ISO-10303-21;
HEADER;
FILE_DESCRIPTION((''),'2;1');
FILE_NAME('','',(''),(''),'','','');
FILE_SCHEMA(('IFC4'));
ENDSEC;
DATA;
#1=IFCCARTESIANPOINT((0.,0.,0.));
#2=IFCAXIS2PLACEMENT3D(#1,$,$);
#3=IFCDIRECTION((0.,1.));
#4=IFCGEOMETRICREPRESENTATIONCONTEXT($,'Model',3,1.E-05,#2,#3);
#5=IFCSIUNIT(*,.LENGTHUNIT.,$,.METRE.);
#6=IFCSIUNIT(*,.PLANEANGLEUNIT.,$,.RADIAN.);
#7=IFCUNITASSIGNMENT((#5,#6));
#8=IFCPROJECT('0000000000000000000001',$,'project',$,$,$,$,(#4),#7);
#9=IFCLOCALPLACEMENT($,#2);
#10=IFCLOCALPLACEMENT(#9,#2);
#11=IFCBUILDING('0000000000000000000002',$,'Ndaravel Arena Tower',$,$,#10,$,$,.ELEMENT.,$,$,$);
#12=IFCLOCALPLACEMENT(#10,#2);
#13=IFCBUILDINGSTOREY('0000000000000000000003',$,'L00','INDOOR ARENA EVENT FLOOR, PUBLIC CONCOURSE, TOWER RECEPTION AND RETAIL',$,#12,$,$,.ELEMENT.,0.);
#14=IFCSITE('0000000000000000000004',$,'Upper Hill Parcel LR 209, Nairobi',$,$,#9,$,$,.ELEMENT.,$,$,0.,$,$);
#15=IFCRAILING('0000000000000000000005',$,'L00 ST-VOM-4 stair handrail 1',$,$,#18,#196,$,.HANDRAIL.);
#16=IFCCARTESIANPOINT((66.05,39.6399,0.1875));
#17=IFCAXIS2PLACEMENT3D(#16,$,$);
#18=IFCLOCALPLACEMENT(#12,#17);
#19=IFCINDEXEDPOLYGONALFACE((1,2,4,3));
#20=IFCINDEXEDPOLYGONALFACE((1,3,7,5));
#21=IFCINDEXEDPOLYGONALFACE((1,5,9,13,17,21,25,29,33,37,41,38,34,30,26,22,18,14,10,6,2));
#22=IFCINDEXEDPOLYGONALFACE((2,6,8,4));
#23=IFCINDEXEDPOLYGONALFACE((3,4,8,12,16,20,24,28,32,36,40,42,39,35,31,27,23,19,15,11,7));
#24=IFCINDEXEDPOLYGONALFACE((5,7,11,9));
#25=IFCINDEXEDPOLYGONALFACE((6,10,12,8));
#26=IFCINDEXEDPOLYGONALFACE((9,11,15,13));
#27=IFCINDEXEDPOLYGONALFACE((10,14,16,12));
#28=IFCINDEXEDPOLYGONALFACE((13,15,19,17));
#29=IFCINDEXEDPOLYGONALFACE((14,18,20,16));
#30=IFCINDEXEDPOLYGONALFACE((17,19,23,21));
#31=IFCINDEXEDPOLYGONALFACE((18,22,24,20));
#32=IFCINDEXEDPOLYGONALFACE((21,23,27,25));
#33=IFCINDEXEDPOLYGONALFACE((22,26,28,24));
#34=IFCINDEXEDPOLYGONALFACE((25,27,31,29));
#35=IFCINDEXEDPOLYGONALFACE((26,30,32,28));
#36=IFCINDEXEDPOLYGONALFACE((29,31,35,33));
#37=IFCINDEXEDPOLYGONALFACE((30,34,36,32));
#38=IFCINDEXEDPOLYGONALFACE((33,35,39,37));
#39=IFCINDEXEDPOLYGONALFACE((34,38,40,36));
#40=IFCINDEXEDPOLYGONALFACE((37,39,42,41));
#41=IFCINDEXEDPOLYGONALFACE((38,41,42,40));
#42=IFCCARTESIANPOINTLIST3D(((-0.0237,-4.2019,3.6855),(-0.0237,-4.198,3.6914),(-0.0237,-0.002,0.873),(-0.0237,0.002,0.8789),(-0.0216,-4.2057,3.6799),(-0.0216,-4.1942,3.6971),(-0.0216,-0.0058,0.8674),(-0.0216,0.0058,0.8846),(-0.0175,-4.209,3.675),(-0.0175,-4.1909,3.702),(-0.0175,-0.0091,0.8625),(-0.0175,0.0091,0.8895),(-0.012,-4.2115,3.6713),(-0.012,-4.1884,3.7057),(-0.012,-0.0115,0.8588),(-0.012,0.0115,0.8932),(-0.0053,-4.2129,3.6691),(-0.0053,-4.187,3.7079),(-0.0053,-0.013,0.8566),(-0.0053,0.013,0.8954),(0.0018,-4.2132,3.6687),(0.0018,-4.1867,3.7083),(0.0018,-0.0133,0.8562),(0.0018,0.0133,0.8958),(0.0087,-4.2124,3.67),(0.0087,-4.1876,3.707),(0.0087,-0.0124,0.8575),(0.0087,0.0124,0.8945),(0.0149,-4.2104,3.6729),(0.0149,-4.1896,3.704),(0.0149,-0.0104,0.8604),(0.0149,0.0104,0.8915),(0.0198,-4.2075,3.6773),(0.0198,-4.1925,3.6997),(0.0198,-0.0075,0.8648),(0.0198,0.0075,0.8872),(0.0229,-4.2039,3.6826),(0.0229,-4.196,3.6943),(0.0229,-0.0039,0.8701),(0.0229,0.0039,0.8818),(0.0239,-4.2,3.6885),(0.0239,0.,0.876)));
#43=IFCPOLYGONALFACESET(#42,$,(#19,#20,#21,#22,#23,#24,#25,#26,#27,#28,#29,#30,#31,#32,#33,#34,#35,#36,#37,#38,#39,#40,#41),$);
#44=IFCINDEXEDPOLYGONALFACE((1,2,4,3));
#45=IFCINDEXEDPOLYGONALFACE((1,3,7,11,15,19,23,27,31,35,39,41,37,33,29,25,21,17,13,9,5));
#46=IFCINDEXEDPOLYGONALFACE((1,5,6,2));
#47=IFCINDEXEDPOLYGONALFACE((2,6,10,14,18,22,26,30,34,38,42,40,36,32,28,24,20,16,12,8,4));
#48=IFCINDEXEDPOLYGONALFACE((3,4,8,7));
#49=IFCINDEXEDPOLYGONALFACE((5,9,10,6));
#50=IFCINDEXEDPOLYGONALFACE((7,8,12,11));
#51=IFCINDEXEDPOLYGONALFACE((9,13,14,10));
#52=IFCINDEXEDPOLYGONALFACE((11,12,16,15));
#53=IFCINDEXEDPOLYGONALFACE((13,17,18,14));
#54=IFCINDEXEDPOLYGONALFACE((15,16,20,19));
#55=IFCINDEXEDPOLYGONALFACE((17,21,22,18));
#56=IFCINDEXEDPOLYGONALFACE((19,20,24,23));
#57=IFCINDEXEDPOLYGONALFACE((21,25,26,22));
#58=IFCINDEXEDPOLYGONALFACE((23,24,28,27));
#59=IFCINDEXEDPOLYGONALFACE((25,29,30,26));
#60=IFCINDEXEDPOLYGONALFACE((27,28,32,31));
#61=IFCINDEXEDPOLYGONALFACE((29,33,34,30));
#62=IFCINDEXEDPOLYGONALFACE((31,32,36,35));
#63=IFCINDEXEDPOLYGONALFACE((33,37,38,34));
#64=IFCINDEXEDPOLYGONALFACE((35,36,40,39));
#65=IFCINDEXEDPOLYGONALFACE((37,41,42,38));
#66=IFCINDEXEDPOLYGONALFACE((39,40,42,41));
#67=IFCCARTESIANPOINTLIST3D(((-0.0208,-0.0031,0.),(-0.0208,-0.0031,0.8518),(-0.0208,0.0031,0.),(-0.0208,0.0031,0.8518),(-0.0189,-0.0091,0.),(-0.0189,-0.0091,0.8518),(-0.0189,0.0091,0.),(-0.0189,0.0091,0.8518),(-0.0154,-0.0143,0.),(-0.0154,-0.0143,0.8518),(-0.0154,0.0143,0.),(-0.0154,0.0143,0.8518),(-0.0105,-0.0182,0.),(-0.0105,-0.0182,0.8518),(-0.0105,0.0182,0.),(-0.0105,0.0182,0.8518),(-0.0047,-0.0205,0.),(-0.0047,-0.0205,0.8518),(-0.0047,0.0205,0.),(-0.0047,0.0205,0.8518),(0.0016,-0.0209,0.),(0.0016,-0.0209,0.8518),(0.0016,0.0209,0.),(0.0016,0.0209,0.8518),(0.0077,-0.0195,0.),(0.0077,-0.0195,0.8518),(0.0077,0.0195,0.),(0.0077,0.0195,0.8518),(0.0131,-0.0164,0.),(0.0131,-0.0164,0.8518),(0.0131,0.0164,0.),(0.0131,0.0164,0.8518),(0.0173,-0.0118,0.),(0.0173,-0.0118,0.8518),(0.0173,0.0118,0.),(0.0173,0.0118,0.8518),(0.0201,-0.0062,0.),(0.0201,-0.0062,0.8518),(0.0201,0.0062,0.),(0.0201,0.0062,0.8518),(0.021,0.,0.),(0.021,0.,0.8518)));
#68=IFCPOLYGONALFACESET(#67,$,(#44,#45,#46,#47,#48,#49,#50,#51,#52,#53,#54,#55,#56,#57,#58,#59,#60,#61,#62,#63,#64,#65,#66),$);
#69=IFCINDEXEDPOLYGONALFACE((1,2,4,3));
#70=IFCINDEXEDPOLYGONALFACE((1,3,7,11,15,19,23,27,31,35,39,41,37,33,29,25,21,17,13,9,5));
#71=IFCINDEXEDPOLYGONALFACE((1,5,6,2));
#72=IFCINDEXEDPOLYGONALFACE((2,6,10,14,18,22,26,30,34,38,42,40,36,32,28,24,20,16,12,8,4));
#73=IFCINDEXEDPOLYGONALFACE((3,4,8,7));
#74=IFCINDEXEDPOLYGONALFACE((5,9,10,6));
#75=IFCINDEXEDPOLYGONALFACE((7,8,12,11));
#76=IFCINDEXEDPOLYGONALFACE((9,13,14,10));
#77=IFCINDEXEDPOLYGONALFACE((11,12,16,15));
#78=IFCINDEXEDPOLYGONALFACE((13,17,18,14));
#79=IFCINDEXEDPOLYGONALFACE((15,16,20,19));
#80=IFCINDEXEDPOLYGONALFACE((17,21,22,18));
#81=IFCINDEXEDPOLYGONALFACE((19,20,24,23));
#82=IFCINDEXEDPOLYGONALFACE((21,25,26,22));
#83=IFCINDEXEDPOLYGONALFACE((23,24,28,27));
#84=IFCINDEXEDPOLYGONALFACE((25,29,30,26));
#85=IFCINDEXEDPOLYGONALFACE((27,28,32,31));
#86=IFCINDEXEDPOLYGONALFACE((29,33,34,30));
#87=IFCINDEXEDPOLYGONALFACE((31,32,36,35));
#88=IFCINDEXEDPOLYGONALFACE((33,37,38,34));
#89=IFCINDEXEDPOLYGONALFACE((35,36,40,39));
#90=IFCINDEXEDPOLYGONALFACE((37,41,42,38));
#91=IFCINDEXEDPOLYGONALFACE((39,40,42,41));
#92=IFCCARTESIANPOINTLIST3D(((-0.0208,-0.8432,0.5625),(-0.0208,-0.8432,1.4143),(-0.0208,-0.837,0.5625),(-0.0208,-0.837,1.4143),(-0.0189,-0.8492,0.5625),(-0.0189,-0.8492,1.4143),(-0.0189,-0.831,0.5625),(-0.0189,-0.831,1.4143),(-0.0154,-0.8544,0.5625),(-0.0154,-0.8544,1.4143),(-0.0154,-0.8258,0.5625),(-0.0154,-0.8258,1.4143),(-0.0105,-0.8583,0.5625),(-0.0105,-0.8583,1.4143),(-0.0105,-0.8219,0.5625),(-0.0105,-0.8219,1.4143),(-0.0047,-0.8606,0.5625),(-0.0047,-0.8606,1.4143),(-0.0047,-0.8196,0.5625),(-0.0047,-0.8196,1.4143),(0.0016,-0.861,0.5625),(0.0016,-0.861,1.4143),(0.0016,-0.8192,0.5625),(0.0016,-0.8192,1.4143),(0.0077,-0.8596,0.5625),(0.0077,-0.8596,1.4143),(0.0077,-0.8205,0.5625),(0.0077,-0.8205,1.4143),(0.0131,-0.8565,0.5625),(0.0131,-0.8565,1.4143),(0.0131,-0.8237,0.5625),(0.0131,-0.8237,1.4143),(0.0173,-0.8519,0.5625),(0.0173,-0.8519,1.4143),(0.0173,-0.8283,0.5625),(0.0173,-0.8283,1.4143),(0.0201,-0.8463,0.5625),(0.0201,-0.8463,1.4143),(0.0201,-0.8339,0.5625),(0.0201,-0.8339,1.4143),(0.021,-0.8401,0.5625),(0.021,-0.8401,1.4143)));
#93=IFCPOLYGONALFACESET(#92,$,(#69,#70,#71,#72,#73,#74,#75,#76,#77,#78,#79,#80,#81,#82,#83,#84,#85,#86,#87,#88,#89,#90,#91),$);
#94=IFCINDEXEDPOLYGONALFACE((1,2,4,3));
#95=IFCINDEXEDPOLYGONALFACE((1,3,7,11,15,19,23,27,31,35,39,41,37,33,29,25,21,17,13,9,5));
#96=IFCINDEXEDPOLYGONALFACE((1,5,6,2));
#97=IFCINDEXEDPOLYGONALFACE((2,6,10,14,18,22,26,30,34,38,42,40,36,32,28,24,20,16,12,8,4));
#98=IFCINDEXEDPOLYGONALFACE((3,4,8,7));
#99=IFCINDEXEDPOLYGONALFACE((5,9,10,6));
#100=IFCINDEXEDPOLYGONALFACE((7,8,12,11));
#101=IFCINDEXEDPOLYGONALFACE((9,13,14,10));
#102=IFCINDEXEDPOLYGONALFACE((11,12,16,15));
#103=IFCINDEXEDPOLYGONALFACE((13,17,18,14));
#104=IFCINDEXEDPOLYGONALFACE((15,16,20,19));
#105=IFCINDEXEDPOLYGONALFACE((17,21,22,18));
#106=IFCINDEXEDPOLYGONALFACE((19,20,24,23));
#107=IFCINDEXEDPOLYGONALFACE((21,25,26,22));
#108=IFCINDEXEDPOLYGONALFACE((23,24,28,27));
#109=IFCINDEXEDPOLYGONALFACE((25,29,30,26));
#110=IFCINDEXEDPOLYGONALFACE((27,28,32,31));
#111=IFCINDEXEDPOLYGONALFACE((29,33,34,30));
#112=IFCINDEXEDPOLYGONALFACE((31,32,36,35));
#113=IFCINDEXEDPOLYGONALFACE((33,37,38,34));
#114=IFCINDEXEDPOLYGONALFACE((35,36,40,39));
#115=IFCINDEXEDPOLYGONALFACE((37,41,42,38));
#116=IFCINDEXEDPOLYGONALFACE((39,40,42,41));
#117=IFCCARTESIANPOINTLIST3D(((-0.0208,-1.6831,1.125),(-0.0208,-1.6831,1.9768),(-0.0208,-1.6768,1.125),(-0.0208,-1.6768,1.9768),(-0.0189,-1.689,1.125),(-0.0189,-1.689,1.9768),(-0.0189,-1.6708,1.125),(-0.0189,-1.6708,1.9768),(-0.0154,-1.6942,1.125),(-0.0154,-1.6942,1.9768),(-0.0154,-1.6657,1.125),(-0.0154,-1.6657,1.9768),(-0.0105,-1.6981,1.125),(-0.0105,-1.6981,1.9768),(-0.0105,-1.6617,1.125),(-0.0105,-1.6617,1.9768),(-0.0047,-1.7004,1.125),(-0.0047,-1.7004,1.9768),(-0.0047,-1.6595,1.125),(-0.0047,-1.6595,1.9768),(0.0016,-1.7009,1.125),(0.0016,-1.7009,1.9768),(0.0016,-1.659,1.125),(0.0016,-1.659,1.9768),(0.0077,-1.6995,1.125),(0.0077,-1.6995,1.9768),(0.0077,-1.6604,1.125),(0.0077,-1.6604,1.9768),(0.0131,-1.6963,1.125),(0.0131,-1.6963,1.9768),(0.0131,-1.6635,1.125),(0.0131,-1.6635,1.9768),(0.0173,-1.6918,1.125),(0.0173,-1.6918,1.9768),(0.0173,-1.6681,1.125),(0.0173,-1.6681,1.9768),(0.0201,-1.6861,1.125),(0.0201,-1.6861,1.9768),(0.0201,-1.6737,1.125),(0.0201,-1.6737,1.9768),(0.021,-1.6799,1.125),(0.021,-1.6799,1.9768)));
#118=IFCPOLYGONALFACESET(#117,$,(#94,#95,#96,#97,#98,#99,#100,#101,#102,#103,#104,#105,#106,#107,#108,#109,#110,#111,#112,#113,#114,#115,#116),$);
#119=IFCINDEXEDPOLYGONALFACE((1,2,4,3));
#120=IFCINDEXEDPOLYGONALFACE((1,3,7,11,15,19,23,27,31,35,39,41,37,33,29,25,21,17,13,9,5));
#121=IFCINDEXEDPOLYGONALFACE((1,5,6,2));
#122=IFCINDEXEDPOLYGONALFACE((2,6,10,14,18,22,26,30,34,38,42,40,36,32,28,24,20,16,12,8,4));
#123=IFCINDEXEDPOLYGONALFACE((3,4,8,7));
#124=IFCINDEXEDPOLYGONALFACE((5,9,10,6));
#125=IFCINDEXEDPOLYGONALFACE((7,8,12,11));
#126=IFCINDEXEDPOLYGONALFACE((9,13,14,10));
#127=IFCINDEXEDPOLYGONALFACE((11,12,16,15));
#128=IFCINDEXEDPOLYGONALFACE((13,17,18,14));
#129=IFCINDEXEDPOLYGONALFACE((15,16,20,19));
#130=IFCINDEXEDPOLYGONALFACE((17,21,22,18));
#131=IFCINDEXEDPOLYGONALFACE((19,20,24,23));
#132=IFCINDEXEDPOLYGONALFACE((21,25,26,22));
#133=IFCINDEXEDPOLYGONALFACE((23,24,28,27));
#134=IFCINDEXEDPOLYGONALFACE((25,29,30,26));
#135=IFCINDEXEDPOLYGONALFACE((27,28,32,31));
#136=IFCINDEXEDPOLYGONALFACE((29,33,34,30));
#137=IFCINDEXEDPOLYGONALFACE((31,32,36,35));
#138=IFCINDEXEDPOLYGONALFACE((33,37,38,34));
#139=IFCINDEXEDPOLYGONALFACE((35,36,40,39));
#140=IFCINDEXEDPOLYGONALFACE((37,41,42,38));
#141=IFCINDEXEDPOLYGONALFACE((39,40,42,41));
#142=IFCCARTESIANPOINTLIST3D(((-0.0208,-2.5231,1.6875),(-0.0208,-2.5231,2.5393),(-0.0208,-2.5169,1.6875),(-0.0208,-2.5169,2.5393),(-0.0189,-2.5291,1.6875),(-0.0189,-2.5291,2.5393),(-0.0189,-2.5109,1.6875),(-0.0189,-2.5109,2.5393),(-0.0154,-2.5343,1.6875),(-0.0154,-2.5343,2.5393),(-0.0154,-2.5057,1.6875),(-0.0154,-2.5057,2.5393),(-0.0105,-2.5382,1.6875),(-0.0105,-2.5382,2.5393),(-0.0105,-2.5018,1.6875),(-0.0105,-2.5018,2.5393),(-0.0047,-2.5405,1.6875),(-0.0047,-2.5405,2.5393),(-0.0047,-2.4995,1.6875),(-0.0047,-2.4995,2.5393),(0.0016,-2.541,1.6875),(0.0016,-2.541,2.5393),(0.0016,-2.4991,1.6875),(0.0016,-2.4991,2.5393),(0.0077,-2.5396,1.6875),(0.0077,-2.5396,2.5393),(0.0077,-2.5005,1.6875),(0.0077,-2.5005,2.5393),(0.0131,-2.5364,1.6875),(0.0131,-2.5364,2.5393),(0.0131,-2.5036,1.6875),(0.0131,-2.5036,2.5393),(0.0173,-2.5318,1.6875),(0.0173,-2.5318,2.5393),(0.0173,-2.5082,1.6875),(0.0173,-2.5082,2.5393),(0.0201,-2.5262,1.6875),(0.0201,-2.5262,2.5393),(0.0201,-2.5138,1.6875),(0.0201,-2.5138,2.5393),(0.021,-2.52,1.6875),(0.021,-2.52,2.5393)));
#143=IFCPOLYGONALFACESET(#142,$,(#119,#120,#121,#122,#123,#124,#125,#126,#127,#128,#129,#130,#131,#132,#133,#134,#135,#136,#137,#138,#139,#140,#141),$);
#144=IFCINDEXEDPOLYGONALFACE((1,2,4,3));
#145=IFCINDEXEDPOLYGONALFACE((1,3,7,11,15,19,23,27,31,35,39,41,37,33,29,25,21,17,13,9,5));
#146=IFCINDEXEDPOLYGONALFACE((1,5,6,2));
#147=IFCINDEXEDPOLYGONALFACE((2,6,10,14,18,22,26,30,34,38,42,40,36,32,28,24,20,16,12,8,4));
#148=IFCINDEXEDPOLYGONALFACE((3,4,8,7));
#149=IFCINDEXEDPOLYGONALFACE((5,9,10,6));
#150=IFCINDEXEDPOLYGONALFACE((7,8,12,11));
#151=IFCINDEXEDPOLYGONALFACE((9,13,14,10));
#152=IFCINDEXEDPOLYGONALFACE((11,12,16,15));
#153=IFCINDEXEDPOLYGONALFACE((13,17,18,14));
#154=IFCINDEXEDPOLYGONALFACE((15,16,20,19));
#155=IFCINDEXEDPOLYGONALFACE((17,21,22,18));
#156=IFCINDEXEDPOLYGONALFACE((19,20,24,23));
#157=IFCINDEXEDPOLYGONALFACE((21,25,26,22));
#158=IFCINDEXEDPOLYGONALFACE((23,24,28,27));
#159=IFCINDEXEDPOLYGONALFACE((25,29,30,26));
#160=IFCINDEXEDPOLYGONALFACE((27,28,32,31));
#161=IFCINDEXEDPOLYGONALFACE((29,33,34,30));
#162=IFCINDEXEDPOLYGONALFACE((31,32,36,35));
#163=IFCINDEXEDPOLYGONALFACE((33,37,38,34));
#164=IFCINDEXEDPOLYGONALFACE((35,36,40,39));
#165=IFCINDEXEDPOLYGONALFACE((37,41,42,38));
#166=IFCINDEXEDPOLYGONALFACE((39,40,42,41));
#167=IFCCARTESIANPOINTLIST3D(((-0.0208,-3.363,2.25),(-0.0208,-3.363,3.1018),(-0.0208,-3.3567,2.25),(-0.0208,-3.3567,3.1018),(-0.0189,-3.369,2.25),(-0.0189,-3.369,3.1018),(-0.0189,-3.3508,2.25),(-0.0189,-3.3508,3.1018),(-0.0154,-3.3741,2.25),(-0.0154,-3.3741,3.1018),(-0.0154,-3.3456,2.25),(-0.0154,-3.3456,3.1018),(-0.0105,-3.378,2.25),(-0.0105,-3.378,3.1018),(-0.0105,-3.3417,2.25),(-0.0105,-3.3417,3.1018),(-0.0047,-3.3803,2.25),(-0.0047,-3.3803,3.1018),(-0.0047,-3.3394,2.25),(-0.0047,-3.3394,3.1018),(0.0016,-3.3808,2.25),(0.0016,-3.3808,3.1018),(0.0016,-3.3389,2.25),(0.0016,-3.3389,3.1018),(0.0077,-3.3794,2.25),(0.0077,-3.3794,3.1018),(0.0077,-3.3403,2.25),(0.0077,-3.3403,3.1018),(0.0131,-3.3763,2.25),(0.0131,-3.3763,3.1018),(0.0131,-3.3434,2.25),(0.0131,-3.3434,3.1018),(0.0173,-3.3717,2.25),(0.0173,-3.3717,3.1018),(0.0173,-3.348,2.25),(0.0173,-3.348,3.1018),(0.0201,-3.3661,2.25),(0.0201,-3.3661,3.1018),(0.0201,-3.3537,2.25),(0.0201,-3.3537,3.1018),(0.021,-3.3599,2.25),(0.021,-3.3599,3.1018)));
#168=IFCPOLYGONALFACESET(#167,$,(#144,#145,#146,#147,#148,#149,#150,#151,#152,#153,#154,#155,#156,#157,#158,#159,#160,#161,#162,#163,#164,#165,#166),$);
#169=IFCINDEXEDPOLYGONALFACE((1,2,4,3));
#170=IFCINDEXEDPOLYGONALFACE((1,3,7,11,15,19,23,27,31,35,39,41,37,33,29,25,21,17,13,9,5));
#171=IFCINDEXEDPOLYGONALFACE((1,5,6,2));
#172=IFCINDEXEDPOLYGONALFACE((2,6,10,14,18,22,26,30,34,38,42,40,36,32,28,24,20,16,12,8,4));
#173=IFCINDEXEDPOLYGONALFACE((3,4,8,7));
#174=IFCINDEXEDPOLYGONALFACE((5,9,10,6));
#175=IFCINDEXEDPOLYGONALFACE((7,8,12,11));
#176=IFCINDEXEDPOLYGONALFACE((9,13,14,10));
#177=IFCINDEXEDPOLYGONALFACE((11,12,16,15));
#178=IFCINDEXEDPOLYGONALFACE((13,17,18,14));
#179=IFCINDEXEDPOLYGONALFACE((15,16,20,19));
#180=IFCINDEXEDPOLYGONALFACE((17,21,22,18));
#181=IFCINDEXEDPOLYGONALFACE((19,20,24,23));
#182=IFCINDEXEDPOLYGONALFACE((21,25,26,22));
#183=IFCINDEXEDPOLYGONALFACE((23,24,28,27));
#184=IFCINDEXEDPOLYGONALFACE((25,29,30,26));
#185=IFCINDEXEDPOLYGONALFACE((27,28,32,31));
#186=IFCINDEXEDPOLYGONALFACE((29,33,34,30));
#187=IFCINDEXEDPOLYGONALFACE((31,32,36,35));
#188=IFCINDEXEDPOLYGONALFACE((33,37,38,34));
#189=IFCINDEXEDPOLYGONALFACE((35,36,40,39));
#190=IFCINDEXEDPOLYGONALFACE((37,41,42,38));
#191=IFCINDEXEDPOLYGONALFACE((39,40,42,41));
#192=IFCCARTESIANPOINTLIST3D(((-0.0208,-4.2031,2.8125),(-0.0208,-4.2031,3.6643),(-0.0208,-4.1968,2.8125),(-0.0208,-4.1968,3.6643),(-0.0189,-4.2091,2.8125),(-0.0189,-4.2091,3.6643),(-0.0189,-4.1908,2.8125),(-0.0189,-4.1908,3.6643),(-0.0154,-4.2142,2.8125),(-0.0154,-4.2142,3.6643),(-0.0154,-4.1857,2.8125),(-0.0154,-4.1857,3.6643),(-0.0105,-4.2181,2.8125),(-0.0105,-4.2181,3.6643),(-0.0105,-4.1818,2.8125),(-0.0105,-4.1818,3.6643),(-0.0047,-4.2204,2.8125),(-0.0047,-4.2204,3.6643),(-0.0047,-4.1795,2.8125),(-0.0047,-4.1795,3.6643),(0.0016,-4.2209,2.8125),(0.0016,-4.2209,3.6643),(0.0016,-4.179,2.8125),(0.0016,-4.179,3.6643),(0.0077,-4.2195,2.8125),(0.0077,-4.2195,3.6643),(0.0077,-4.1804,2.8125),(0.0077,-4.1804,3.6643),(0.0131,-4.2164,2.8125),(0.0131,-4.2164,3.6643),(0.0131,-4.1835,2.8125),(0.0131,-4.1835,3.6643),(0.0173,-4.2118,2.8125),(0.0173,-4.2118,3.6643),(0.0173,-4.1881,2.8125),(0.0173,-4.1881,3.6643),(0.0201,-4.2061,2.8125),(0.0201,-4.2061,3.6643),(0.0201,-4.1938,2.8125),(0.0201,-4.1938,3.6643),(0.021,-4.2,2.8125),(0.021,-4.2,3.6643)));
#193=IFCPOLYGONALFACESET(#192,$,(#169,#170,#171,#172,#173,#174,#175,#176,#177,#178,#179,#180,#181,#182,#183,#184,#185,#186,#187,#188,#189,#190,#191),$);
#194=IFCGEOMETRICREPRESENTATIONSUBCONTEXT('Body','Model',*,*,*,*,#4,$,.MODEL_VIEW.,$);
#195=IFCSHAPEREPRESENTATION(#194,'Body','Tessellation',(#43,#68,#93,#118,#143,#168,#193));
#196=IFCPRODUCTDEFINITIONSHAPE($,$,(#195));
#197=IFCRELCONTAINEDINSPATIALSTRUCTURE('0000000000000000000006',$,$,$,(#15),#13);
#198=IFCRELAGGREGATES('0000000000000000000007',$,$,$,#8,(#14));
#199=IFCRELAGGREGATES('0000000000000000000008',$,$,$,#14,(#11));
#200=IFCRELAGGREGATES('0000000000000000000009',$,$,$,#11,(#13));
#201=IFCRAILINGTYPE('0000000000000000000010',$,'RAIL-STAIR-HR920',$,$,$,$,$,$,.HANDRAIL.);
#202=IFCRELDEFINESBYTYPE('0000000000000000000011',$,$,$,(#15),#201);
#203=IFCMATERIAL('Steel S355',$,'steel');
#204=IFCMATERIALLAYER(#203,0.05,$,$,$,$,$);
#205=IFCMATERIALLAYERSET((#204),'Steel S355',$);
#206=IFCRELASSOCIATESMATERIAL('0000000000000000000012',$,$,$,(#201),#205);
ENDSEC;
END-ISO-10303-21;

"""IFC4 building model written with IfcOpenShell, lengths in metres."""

from ifc_helpers import new_model, si_unit, direction, frame, origin, origin_2d, place, context, subcontext, project, spatial, circle, extrude, material, layer, layer_set, type_object, element, save


model = new_model("IFC4")

# Units and contexts
model_context = context("Model", 3, precision=1e-05, world=origin(), true_north=direction((0.0, 1.0)))
body_context = subcontext(model_context, "Body", "Model", "MODEL_VIEW")
ifc_project = project(units=[si_unit("LENGTHUNIT", "METRE"), si_unit("PLANEANGLEUNIT", "RADIAN")], contexts=[model_context])

# Site, building, storey
site_placement = place(None, origin())
site = spatial("IfcSite", under=ifc_project, at=site_placement, Name="Upper Hill Parcel LR 209, Nairobi", CompositionType="ELEMENT", RefElevation=0.0)
building_placement = place(site_placement, origin())
building = spatial("IfcBuilding", under=site, at=building_placement, Name="Ndaravel Arena Tower", CompositionType="ELEMENT")
storey_placement = place(building_placement, origin())
storey = spatial("IfcBuildingStorey", under=building, at=storey_placement, Name="L00", Description="INDOOR ARENA EVENT FLOOR, PUBLIC CONCOURSE, TOWER RECEPTION AND RETAIL", CompositionType="ELEMENT", Elevation=0.0)

# Railing
ifc_material_1 = material(Name="Steel S355", Category="steel")
ifc_layer_1 = layer(ifc_material_1, 0.05)
ifc_layer_set_1 = layer_set([ifc_layer_1], Name="Steel S355")
railing_type_1 = type_object("IfcRailingType", Name="RAIL-STAIR-HR920", PredefinedType="HANDRAIL", material=ifc_layer_set_1)
railing_1_placement = place(storey_placement, frame((66.05, 39.6399, 0.1875)))
element("IfcRailing", 1, at=railing_1_placement, inside=storey, type_object=railing_type_1, Name="L00 ST-VOM-4 stair handrail 1", PredefinedType="HANDRAIL", context=body_context, shape_type="SweptSolid", body=[
    extrude(circle(Radius=0.0239, at=origin_2d()), frame((0.0, 0.0, 0.876), z_axis=(0.0, -0.830904, 0.556416), x_axis=(1.0, 0.0, 0.0)), (0.0, 0.0, 1.0), 5.0547),
    extrude(circle(Radius=0.021, at=origin_2d()), origin(), (0.0, 0.0, 1.0), 0.8518),
    extrude(circle(Radius=0.021, at=origin_2d()), frame((0.0, -0.8401, 0.5625)), (0.0, 0.0, 1.0), 0.8518),
    extrude(circle(Radius=0.021, at=origin_2d()), frame((0.0, -1.6799, 1.125)), (0.0, 0.0, 1.0), 0.8518),
    extrude(circle(Radius=0.021, at=origin_2d()), frame((0.0, -2.52, 1.6875)), (0.0, 0.0, 1.0), 0.8518),
    extrude(circle(Radius=0.021, at=origin_2d()), frame((0.0, -3.3599, 2.25)), (0.0, 0.0, 1.0), 0.8518),
    extrude(circle(Radius=0.021, at=origin_2d()), frame((0.0, -4.2, 2.8125)), (0.0, 0.0, 1.0), 0.8518),
])

save(model, "model.ifc")
